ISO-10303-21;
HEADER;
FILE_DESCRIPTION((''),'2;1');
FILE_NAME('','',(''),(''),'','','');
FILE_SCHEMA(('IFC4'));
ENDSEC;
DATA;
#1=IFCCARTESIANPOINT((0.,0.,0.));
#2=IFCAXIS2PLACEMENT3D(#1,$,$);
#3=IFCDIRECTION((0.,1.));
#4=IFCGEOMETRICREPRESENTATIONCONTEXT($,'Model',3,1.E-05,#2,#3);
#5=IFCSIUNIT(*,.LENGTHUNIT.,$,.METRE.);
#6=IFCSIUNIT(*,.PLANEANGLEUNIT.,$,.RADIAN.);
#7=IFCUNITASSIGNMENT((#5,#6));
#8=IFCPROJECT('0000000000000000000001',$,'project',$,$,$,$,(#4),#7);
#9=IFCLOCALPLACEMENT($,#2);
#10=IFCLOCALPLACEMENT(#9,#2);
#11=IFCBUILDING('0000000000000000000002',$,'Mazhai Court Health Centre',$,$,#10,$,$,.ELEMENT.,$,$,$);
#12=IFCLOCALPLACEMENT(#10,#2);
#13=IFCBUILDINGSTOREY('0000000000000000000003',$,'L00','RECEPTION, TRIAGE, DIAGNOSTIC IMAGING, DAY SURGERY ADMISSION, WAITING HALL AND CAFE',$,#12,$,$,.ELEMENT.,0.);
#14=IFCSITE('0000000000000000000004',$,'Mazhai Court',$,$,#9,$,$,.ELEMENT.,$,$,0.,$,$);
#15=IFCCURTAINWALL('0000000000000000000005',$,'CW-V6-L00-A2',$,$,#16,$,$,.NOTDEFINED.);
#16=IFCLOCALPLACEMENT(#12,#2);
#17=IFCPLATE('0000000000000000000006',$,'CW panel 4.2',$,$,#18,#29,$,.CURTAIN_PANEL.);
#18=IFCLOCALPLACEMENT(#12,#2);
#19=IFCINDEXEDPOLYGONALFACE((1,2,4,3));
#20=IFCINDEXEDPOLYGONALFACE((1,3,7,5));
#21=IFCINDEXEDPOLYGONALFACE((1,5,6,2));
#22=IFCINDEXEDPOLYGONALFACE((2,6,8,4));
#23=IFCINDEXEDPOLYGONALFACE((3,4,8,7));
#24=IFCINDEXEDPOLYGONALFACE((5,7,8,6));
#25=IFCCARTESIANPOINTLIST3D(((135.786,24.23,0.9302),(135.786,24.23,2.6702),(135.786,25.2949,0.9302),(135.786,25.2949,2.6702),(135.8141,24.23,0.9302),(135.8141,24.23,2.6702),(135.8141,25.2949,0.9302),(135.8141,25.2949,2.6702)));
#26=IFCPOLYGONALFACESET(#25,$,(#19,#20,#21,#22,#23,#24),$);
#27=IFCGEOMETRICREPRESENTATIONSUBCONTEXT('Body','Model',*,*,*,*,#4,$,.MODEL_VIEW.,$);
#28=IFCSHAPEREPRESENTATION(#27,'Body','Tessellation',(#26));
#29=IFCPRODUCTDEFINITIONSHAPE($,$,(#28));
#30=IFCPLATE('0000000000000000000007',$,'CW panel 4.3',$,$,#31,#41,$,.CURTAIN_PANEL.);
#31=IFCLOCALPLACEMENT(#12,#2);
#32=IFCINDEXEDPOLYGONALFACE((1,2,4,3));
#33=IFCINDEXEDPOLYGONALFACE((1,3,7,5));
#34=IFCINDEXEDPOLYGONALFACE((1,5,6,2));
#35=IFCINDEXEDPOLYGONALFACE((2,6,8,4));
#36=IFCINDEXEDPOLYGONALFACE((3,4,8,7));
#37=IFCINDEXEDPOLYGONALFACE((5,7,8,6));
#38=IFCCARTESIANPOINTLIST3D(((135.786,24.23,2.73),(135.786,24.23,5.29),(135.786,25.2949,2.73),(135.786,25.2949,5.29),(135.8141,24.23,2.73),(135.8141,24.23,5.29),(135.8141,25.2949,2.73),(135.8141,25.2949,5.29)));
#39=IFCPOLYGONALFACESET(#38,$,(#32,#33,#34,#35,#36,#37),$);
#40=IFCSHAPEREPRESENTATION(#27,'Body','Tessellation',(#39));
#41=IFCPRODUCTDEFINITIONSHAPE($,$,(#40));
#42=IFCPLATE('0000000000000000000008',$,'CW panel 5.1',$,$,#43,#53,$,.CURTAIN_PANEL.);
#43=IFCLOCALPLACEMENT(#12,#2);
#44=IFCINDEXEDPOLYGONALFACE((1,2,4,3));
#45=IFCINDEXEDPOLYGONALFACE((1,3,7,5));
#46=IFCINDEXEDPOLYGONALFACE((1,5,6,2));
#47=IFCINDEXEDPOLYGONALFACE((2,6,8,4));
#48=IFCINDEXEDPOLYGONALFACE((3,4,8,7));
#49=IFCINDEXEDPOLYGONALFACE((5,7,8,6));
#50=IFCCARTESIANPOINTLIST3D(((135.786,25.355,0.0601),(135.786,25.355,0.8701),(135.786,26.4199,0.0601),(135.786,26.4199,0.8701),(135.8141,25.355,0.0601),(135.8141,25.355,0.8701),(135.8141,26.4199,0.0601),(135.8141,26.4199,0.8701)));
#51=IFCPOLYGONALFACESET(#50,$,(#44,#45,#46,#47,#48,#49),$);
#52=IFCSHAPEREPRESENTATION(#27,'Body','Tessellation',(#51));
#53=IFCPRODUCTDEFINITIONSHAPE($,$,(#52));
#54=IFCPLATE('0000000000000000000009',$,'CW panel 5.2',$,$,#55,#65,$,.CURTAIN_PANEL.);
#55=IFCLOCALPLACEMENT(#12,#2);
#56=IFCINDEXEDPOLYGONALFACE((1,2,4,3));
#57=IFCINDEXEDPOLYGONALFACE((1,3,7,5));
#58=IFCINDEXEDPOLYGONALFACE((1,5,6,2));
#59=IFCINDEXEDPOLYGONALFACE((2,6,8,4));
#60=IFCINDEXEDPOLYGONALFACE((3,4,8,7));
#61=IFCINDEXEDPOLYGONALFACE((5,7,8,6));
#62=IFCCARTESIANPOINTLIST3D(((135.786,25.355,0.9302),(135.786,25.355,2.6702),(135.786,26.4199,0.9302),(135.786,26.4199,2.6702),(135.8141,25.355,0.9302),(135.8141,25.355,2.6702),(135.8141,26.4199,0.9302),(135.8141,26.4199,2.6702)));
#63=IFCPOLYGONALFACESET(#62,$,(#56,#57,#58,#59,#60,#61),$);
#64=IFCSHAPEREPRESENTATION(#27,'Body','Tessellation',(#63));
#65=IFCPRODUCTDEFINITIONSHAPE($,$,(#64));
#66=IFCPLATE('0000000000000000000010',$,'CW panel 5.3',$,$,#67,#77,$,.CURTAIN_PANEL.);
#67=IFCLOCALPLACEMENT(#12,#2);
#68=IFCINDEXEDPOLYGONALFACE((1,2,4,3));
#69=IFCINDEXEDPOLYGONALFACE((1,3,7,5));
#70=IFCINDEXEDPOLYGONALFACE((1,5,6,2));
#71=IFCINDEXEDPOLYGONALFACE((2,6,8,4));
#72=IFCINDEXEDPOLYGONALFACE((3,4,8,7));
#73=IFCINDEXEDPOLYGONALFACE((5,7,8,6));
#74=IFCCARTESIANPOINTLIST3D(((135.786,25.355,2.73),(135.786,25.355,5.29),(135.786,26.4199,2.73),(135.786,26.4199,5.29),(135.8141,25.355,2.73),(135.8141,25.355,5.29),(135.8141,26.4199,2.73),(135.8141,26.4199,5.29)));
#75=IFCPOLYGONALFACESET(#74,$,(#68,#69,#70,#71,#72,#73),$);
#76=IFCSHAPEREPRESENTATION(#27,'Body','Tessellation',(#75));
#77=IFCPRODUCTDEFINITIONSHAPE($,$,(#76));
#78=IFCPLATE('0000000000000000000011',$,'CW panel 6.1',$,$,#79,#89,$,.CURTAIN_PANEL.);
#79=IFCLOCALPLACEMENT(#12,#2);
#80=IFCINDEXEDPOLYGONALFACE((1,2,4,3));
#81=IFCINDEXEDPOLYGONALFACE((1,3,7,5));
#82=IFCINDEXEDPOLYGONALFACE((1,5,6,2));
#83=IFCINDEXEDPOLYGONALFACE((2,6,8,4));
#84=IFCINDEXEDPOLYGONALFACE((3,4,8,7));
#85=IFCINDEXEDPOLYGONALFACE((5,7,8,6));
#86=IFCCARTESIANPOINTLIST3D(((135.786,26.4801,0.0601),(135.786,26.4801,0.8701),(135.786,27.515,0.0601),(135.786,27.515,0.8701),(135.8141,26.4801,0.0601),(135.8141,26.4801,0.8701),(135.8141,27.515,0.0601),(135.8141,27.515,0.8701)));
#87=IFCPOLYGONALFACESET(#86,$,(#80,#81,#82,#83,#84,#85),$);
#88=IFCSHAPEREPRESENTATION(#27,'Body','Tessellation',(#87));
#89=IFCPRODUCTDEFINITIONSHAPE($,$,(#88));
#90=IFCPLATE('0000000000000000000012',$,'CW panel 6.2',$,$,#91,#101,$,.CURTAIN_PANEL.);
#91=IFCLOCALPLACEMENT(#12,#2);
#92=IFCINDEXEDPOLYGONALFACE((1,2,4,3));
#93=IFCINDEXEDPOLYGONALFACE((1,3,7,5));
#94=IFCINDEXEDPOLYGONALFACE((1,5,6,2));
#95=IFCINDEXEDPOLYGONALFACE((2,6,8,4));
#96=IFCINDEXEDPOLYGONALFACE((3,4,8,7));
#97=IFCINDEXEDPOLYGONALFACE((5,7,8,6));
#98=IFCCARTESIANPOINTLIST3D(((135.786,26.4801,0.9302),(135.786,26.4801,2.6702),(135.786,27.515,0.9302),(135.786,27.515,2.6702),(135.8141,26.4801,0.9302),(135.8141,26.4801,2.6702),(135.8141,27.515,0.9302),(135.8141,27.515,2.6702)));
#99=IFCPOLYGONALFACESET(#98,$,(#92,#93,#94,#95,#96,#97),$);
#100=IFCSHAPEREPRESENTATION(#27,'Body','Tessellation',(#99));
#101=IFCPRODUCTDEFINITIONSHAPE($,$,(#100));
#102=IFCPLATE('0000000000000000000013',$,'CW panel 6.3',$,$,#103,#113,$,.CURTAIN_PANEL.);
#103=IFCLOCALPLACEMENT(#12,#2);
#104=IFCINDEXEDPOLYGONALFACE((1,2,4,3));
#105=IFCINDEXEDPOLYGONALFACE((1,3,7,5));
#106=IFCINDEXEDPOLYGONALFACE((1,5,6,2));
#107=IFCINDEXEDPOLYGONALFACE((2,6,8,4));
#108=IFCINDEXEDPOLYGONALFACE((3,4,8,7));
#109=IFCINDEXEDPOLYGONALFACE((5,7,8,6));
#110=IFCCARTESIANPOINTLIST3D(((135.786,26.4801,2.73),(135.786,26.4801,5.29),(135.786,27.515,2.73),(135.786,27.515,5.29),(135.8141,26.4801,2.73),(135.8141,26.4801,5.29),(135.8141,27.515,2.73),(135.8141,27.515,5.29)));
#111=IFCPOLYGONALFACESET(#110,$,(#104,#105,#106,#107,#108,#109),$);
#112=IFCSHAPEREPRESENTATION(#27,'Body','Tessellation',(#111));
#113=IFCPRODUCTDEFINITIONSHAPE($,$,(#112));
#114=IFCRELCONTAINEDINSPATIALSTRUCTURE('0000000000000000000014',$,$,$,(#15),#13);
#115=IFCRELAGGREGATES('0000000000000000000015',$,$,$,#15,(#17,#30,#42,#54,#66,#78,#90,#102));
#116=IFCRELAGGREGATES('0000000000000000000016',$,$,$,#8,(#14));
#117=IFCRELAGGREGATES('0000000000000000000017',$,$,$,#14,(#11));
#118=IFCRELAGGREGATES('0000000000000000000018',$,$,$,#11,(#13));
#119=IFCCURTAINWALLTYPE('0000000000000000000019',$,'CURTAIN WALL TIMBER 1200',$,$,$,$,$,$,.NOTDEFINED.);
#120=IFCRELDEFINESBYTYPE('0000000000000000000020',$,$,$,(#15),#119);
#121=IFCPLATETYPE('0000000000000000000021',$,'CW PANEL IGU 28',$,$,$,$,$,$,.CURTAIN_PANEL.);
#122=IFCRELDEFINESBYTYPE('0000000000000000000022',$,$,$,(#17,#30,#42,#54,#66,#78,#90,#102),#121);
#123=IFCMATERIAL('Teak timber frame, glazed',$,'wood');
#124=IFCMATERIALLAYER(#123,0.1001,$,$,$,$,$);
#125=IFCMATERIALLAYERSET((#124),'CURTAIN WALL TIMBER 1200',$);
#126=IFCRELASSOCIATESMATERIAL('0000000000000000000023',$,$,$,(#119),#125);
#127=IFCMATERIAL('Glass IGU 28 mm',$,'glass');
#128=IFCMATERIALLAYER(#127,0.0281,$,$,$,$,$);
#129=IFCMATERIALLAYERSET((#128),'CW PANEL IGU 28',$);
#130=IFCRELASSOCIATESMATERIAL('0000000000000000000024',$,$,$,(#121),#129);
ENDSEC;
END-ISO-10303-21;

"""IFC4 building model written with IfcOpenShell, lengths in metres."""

from ifc_helpers import new_model, si_unit, direction, frame, origin, origin_2d, place, context, subcontext, project, spatial, rectangle, extrude, material, layer, layer_set, type_object, element, aggregate, save


model = new_model("IFC4")

# Units and contexts
model_context = context("Model", 3, precision=1e-05, world=origin(), true_north=direction((0.0, 1.0)))
body_context = subcontext(model_context, "Body", "Model", "MODEL_VIEW")
ifc_project = project(units=[si_unit("LENGTHUNIT", "METRE"), si_unit("PLANEANGLEUNIT", "RADIAN")], contexts=[model_context])

# Site, building, storey
site_placement = place(None, origin())
site = spatial("IfcSite", under=ifc_project, at=site_placement, Name="Mazhai Court", CompositionType="ELEMENT", RefElevation=0.0)
building_placement = place(site_placement, origin())
building = spatial("IfcBuilding", under=site, at=building_placement, Name="Mazhai Court Health Centre", CompositionType="ELEMENT")
storey_placement = place(building_placement, origin())
storey = spatial("IfcBuildingStorey", under=building, at=storey_placement, Name="L00", Description="RECEPTION, TRIAGE, DIAGNOSTIC IMAGING, DAY SURGERY ADMISSION, WAITING HALL AND CAFE", CompositionType="ELEMENT", Elevation=0.0)

# Curtain wall, plates
ifc_material_1 = material(Name="Teak timber frame, glazed", Category="wood")
ifc_layer_1 = layer(ifc_material_1, 0.1001)
ifc_layer_set_1 = layer_set([ifc_layer_1], Name="CURTAIN WALL TIMBER 1200")
curtain_wall_type = type_object("IfcCurtainWallType", Name="CURTAIN WALL TIMBER 1200", PredefinedType="NOTDEFINED", material=ifc_layer_set_1)
curtain_wall_placement = place(storey_placement, origin())
curtain_wall = element("IfcCurtainWall", 1, at=curtain_wall_placement, inside=storey, type_object=curtain_wall_type, Name="CW-V6-L00-A2", PredefinedType="NOTDEFINED")
ifc_material_2 = material(Name="Glass IGU 28 mm", Category="glass")
ifc_layer_2 = layer(ifc_material_2, 0.0281)
ifc_layer_set_2 = layer_set([ifc_layer_2], Name="CW PANEL IGU 28")
plate_type = type_object("IfcPlateType", Name="CW PANEL IGU 28", PredefinedType="CURTAIN_PANEL", material=ifc_layer_set_2)
plate_1_placement = place(storey_placement, frame((135.8, 24.7625, 0.9302), z_axis=(0.0, 0.0, 1.0), x_axis=(0.0, 1.0, 0.0)))
plate_1 = element("IfcPlate", 2, at=plate_1_placement, type_object=plate_type, Name="CW panel 4.2", PredefinedType="CURTAIN_PANEL", context=body_context, shape_type="SweptSolid", body=[
    extrude(rectangle(XDim=1.0649, YDim=0.0281, at=origin_2d()), origin(), (0.0, 0.0, 1.0), 1.74),
])
plate_2_placement = place(storey_placement, frame((135.8, 24.7625, 2.73), z_axis=(0.0, 0.0, 1.0), x_axis=(0.0, 1.0, 0.0)))
plate_2 = element("IfcPlate", 3, at=plate_2_placement, type_object=plate_type, Name="CW panel 4.3", PredefinedType="CURTAIN_PANEL", context=body_context, shape_type="SweptSolid", body=[
    extrude(rectangle(XDim=1.0649, YDim=0.0281, at=origin_2d()), origin(), (0.0, 0.0, 1.0), 2.5601),
])
plate_3_placement = place(storey_placement, frame((135.8, 25.8875, 0.0601), z_axis=(0.0, 0.0, 1.0), x_axis=(0.0, 1.0, 0.0)))
plate_3 = element("IfcPlate", 4, at=plate_3_placement, type_object=plate_type, Name="CW panel 5.1", PredefinedType="CURTAIN_PANEL", context=body_context, shape_type="SweptSolid", body=[
    extrude(rectangle(XDim=1.0649, YDim=0.0281, at=origin_2d()), origin(), (0.0, 0.0, 1.0), 0.8101),
])
plate_4_placement = place(storey_placement, frame((135.8, 25.8875, 0.9302), z_axis=(0.0, 0.0, 1.0), x_axis=(0.0, 1.0, 0.0)))
plate_4 = element("IfcPlate", 5, at=plate_4_placement, type_object=plate_type, Name="CW panel 5.2", PredefinedType="CURTAIN_PANEL", context=body_context, shape_type="SweptSolid", body=[
    extrude(rectangle(XDim=1.0649, YDim=0.0281, at=origin_2d()), origin(), (0.0, 0.0, 1.0), 1.74),
])
plate_5_placement = place(storey_placement, frame((135.8, 25.8875, 2.73), z_axis=(0.0, 0.0, 1.0), x_axis=(0.0, 1.0, 0.0)))
plate_5 = element("IfcPlate", 6, at=plate_5_placement, type_object=plate_type, Name="CW panel 5.3", PredefinedType="CURTAIN_PANEL", context=body_context, shape_type="SweptSolid", body=[
    extrude(rectangle(XDim=1.0649, YDim=0.0281, at=origin_2d()), origin(), (0.0, 0.0, 1.0), 2.5601),
])
plate_6_placement = place(storey_placement, frame((135.8, 26.9976, 0.0601), z_axis=(0.0, 0.0, 1.0), x_axis=(0.0, 1.0, 0.0)))
plate_6 = element("IfcPlate", 7, at=plate_6_placement, type_object=plate_type, Name="CW panel 6.1", PredefinedType="CURTAIN_PANEL", context=body_context, shape_type="SweptSolid", body=[
    extrude(rectangle(XDim=1.0349, YDim=0.0281, at=origin_2d()), origin(), (0.0, 0.0, 1.0), 0.8101),
])
plate_7_placement = place(storey_placement, frame((135.8, 26.9976, 0.9302), z_axis=(0.0, 0.0, 1.0), x_axis=(0.0, 1.0, 0.0)))
plate_7 = element("IfcPlate", 8, at=plate_7_placement, type_object=plate_type, Name="CW panel 6.2", PredefinedType="CURTAIN_PANEL", context=body_context, shape_type="SweptSolid", body=[
    extrude(rectangle(XDim=1.0349, YDim=0.0281, at=origin_2d()), origin(), (0.0, 0.0, 1.0), 1.74),
])
plate_8_placement = place(storey_placement, frame((135.8, 26.9976, 2.73), z_axis=(0.0, 0.0, 1.0), x_axis=(0.0, 1.0, 0.0)))
plate_8 = element("IfcPlate", 9, at=plate_8_placement, type_object=plate_type, Name="CW panel 6.3", PredefinedType="CURTAIN_PANEL", context=body_context, shape_type="SweptSolid", body=[
    extrude(rectangle(XDim=1.0349, YDim=0.0281, at=origin_2d()), origin(), (0.0, 0.0, 1.0), 2.5601),
])
aggregate(curtain_wall, [plate_1, plate_2, plate_3, plate_4, plate_5, plate_6, plate_7, plate_8])

save(model, "model.ifc")
